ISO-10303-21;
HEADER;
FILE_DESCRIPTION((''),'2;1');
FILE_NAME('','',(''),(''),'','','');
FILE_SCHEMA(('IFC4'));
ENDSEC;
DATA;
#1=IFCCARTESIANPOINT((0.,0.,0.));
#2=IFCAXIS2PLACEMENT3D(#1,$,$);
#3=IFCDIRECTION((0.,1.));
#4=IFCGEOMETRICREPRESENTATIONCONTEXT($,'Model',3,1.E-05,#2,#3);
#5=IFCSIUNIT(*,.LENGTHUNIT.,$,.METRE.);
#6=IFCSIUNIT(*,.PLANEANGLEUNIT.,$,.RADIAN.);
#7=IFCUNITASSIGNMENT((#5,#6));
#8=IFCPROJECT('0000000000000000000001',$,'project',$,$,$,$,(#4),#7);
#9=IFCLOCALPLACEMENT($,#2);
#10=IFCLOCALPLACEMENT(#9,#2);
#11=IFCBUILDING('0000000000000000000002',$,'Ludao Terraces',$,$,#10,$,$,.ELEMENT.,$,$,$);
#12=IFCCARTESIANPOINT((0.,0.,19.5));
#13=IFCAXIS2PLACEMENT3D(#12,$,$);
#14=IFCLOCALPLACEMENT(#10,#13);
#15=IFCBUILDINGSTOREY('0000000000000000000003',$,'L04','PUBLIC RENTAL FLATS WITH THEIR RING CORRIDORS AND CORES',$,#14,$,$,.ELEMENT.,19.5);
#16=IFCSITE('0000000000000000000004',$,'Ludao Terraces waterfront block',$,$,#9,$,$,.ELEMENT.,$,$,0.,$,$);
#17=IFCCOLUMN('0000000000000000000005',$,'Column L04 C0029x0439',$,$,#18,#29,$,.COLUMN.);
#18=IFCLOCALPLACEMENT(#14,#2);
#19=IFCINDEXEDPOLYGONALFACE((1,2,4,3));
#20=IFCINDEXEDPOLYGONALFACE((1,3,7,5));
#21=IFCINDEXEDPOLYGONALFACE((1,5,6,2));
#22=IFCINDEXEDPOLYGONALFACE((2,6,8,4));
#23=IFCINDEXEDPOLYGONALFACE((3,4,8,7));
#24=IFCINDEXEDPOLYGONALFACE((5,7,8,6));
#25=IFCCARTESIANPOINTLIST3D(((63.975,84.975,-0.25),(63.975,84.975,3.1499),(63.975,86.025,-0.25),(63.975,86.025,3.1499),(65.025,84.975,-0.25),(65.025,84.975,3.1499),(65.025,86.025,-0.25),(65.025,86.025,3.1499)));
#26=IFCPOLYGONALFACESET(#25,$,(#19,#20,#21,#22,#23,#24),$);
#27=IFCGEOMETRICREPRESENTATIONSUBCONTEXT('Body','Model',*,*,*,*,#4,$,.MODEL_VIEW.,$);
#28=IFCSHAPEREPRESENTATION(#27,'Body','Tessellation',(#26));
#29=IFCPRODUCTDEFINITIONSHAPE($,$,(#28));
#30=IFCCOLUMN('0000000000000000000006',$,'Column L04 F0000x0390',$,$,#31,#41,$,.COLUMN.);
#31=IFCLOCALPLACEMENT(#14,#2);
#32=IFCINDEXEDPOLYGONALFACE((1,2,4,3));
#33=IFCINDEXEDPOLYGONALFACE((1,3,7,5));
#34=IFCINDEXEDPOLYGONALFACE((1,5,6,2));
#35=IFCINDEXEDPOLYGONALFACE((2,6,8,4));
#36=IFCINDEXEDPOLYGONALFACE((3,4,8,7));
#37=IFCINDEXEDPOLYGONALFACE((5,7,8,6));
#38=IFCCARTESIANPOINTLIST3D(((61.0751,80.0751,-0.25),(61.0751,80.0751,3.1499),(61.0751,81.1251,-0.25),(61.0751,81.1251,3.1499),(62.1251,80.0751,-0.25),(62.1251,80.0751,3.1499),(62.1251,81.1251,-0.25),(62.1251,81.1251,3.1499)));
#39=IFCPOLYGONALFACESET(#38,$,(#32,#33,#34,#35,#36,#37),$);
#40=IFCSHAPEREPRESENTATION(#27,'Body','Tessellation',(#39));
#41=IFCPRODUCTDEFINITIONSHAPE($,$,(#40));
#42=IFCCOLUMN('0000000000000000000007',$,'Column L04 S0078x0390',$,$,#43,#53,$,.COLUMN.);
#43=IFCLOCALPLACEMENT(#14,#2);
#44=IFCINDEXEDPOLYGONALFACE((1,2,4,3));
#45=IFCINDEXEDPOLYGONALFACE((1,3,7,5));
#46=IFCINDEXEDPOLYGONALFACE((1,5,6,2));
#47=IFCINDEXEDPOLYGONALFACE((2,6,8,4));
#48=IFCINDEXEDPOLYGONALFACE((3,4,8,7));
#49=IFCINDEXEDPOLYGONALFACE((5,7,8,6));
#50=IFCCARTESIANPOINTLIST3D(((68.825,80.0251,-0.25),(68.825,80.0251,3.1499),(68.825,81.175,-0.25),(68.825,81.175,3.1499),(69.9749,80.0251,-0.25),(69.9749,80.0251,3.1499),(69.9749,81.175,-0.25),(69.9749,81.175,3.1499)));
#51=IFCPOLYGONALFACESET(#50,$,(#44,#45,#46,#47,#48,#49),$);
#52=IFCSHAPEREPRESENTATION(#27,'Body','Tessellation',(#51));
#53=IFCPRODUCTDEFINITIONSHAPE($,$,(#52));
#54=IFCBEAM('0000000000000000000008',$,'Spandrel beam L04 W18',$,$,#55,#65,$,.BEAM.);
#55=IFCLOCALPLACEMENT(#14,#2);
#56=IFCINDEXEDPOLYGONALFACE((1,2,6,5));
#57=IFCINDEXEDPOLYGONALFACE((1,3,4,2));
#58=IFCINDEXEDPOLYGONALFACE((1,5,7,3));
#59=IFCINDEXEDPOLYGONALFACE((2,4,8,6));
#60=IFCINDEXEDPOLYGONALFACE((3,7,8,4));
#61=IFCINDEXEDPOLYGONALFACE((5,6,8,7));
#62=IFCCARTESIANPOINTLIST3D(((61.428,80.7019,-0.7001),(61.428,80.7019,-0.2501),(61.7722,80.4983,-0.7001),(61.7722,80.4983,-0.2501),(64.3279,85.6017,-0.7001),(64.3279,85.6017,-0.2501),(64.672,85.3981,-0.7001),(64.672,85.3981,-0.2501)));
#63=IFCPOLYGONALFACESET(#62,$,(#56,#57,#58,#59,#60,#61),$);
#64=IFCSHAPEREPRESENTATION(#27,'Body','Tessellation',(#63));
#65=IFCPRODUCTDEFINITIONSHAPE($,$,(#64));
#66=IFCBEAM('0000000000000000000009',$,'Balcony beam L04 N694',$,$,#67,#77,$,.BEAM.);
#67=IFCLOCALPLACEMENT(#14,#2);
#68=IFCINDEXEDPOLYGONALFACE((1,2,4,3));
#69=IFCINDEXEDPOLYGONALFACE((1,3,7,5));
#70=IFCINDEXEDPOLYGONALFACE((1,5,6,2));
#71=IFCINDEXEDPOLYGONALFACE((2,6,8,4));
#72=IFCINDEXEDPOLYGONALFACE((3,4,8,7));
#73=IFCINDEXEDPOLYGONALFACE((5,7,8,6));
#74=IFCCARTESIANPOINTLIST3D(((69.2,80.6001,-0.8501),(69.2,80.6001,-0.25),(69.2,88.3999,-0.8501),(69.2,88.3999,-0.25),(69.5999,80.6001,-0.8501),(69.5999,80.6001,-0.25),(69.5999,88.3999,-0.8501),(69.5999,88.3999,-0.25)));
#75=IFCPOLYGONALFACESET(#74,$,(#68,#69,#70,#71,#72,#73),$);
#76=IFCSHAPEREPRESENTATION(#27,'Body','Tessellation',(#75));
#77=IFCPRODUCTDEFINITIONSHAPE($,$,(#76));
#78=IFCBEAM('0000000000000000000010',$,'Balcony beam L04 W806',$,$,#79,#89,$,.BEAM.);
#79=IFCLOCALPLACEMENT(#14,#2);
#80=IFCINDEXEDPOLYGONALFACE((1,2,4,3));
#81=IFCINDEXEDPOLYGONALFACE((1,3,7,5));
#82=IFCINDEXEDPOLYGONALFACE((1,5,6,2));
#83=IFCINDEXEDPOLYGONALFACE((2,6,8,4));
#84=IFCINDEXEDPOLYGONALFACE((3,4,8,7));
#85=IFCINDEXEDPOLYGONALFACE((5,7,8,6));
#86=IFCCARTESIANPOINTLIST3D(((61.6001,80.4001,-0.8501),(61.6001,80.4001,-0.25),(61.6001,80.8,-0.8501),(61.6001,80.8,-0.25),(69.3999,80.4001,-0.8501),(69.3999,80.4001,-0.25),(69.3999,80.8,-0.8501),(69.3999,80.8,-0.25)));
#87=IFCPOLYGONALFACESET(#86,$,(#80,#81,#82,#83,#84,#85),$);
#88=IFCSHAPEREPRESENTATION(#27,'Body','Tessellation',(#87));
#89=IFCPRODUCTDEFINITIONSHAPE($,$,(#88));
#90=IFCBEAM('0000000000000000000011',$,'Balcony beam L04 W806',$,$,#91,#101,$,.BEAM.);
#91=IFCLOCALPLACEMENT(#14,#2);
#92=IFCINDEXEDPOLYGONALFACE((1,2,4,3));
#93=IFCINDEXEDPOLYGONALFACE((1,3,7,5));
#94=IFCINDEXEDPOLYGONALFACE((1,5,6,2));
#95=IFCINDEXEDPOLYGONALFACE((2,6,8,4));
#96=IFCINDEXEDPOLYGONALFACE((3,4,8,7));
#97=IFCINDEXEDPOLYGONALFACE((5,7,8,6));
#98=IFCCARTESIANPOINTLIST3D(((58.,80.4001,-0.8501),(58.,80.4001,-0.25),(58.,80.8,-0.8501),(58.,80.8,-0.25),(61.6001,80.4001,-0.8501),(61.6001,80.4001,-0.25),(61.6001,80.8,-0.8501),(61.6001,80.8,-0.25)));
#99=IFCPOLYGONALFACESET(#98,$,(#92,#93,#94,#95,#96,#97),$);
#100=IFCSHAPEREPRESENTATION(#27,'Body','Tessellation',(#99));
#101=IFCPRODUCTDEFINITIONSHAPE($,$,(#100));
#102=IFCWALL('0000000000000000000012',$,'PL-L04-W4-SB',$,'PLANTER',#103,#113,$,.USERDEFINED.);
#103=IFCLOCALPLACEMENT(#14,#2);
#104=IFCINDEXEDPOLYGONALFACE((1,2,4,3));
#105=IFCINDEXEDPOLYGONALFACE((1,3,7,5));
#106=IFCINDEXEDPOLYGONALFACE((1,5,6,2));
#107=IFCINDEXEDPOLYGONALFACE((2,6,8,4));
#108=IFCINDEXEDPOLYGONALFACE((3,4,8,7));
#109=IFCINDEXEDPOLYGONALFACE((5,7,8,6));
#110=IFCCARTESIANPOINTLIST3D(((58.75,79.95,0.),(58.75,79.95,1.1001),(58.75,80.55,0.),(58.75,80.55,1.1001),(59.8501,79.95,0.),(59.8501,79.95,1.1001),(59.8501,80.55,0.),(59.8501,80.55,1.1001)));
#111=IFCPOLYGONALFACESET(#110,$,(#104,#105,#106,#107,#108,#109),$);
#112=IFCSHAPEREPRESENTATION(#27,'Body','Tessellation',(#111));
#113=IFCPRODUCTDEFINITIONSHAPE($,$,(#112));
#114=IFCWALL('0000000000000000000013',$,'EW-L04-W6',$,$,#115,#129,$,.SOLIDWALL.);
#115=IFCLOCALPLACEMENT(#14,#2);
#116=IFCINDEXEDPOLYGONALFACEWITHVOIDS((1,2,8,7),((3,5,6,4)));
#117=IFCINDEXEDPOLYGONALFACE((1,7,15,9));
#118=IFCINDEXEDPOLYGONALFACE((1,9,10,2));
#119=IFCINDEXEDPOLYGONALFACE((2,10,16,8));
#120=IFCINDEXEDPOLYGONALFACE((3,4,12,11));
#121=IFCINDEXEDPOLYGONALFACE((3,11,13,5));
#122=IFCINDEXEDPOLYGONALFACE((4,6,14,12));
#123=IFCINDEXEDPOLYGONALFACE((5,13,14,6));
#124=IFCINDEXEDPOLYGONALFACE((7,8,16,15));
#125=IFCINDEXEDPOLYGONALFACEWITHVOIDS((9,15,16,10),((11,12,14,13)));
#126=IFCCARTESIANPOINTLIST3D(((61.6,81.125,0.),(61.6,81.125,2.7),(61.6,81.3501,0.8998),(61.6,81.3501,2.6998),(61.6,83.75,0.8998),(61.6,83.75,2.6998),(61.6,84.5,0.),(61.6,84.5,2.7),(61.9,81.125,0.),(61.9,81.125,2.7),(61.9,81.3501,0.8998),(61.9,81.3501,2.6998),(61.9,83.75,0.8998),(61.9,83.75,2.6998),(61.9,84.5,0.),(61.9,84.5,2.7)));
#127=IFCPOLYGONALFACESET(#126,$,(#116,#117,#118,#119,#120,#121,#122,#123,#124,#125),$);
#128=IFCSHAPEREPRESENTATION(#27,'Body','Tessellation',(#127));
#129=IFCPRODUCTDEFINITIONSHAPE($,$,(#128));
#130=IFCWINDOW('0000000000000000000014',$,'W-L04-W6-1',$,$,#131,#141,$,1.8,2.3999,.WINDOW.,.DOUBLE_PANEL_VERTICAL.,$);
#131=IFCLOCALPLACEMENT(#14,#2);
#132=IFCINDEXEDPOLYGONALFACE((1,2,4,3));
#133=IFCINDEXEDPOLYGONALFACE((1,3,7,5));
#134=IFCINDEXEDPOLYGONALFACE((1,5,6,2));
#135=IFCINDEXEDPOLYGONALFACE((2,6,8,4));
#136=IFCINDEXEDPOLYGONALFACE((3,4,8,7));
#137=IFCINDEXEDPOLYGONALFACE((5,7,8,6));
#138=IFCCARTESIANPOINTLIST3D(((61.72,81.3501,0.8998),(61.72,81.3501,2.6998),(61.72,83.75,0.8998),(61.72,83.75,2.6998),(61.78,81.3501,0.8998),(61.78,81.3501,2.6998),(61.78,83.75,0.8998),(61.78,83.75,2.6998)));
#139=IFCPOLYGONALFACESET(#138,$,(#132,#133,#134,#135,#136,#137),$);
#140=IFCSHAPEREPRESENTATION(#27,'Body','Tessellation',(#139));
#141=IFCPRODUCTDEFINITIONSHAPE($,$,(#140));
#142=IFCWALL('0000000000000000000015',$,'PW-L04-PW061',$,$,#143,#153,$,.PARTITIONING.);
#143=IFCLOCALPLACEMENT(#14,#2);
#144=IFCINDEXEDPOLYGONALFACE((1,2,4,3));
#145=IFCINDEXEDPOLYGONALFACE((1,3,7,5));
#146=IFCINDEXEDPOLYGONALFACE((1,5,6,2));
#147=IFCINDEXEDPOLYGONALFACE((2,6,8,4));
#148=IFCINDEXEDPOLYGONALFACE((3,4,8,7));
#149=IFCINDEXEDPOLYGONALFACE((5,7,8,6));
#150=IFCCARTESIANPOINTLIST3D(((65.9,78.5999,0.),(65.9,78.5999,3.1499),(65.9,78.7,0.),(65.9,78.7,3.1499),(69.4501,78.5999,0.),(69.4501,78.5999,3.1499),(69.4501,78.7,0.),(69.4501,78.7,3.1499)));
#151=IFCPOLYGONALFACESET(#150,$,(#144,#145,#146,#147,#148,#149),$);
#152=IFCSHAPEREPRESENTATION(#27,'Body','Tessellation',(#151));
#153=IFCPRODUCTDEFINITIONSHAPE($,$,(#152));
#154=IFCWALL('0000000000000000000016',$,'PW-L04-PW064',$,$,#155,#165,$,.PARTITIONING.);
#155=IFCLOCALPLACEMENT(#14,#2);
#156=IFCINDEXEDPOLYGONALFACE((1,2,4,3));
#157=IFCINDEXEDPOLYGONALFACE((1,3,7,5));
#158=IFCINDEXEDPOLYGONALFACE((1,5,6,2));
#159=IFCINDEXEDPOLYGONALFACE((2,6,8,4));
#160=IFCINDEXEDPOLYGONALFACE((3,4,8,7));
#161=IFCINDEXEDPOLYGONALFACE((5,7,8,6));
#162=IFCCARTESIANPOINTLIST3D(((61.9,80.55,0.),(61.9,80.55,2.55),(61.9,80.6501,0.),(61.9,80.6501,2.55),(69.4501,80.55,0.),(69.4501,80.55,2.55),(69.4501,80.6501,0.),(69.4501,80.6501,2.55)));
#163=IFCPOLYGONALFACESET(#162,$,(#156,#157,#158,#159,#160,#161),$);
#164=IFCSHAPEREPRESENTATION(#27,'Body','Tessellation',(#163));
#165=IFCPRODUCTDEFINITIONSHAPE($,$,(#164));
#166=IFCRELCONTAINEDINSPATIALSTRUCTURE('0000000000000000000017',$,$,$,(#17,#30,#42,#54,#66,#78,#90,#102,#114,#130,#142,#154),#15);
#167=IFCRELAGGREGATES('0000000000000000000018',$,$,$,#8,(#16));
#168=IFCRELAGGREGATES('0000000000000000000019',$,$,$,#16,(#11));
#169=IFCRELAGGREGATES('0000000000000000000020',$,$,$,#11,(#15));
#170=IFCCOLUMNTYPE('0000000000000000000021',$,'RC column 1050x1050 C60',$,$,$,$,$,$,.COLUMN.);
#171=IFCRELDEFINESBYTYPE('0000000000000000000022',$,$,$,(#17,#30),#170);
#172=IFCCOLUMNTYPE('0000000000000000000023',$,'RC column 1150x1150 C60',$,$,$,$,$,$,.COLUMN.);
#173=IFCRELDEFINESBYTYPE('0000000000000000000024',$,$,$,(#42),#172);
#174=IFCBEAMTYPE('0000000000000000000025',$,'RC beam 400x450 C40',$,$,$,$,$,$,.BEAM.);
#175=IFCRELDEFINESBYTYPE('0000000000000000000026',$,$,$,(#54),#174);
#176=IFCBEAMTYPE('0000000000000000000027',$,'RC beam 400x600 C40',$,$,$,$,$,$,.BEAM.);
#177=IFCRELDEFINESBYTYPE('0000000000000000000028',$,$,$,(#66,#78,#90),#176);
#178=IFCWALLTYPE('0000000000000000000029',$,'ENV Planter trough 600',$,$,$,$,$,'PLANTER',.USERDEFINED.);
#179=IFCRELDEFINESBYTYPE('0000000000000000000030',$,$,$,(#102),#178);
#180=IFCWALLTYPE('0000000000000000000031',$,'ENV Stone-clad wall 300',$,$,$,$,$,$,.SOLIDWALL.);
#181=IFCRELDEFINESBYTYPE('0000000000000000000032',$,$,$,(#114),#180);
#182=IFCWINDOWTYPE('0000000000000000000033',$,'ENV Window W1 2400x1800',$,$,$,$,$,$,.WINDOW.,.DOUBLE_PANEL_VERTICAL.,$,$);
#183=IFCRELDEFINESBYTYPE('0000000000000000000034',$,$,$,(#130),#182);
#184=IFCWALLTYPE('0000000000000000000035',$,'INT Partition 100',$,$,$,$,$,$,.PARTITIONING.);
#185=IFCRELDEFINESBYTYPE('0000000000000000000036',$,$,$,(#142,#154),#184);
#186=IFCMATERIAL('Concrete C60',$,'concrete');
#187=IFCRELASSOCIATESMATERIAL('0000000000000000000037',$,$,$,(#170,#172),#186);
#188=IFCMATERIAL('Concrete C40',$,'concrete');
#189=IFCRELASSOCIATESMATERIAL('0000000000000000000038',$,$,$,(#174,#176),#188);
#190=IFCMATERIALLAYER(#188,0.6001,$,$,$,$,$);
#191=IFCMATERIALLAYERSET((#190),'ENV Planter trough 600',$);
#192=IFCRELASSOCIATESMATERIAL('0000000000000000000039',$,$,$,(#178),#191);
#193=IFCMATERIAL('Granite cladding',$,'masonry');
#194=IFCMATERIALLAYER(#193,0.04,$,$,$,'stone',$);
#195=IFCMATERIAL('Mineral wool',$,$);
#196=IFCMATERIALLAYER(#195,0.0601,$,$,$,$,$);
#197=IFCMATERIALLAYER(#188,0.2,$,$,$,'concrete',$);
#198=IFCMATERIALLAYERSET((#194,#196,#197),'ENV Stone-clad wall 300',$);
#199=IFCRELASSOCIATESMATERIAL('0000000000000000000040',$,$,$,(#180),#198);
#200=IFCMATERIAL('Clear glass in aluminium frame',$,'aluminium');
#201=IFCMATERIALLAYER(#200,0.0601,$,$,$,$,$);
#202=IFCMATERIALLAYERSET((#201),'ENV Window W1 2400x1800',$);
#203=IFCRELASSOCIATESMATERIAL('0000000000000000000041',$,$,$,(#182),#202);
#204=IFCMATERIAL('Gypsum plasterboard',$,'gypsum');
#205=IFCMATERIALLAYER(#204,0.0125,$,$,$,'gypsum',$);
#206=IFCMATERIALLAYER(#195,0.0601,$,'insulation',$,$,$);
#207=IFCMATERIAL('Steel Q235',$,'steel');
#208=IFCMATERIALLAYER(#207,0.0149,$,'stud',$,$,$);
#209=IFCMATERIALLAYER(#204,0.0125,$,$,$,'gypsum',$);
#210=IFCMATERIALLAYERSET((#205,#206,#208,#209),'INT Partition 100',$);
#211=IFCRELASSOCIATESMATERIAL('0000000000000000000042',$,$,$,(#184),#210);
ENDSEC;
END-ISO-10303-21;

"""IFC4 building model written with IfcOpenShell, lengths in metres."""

from ifc_helpers import new_model, si_unit, direction, frame, frame_2d, origin, origin_2d, place, context, subcontext, project, spatial, rectangle, extrude, material, layer, layer_set, material_profile, profile_set, type_object, element, fill, save


model = new_model("IFC4")

# Units and contexts
model_context = context("Model", 3, precision=1e-05, world=origin(), true_north=direction((0.0, 1.0)))
body_context = subcontext(model_context, "Body", "Model", "MODEL_VIEW")
ifc_project = project(units=[si_unit("LENGTHUNIT", "METRE"), si_unit("PLANEANGLEUNIT", "RADIAN")], contexts=[model_context])

# Site, building, storey
site_placement = place(None, origin())
site = spatial("IfcSite", under=ifc_project, at=site_placement, Name="Ludao Terraces waterfront block", CompositionType="ELEMENT", RefElevation=0.0)
building_placement = place(site_placement, origin())
building = spatial("IfcBuilding", under=site, at=building_placement, Name="Ludao Terraces", CompositionType="ELEMENT")
storey_placement = place(building_placement, frame((0.0, 0.0, 19.5)))
storey = spatial("IfcBuildingStorey", under=building, at=storey_placement, Name="L04", Description="PUBLIC RENTAL FLATS WITH THEIR RING CORRIDORS AND CORES", CompositionType="ELEMENT", Elevation=19.5)

# Columns
ifc_material_1 = material(Name="Concrete C60", Category="concrete")
ifc_material_profile_1 = material_profile(ifc_material_1, rectangle(XDim=1.05, YDim=1.05, at=origin_2d()), Name="1050 X 1050")
ifc_profile_set_1 = profile_set([ifc_material_profile_1], Name="Concrete C60")
column_type_1 = type_object("IfcColumnType", Name="RC column 1050x1050 C60", PredefinedType="COLUMN", material=ifc_profile_set_1)
for number, where, z_axis, x_axis, name in (
    (1, (64.5, 85.5, -0.25), (0.0, 0.0, 1.0), (1.0, 0.0, 0.0), "Column L04 C0029x0439"),
    (2, (61.6001, 80.6001, -0.25), (0.0, 0.0, 1.0), (1.0, 0.0, 0.0), "Column L04 F0000x0390"),
):
    element("IfcColumn", number, at=place(storey_placement, frame(where, z_axis=z_axis, x_axis=x_axis)), inside=storey, type_object=column_type_1, Name=name, PredefinedType="COLUMN", context=body_context, shape_type="SweptSolid", body=[
        extrude(rectangle(XDim=1.05, YDim=1.05, at=origin_2d()), origin(), (0.0, 0.0, 1.0), 3.3999),
    ])
ifc_material_profile_2 = material_profile(ifc_material_1, rectangle(XDim=1.1499, YDim=1.1499, at=origin_2d()), Name="1150 X 1150")
ifc_profile_set_2 = profile_set([ifc_material_profile_2], Name="Concrete C60")
column_type_2 = type_object("IfcColumnType", Name="RC column 1150x1150 C60", PredefinedType="COLUMN", material=ifc_profile_set_2)
column_placement = place(storey_placement, frame((69.3999, 80.6001, -0.25), z_axis=(0.0, 0.0, 1.0), x_axis=(1.0, 0.0, 0.0)))
element("IfcColumn", 3, at=column_placement, inside=storey, type_object=column_type_2, Name="Column L04 S0078x0390", PredefinedType="COLUMN", context=body_context, shape_type="SweptSolid", body=[
    extrude(rectangle(XDim=1.1499, YDim=1.1499, at=origin_2d()), origin(), (0.0, 0.0, 1.0), 3.3999),
])

# Beams
ifc_material_2 = material(Name="Concrete C40", Category="concrete")
ifc_material_profile_3 = material_profile(ifc_material_2, rectangle(XDim=0.3999, YDim=0.45, at=origin_2d()), Name="400 X 450")
ifc_profile_set_3 = profile_set([ifc_material_profile_3], Name="Concrete C40")
beam_type_1 = type_object("IfcBeamType", Name="RC beam 400x450 C40", PredefinedType="BEAM", material=ifc_profile_set_3)
beam_1_placement = place(storey_placement, frame((61.6001, 80.6001, -0.4751), z_axis=(0.509316, 0.86058, 0.0), x_axis=(-0.86058, 0.509316, 0.0)))
element("IfcBeam", 4, at=beam_1_placement, inside=storey, type_object=beam_type_1, Name="Spandrel beam L04 W18", PredefinedType="BEAM", context=body_context, shape_type="SweptSolid", body=[
    extrude(rectangle(XDim=0.3999, YDim=0.45, at=origin_2d()), origin(), (0.0, 0.0, 1.0), 5.6936),
])
ifc_material_profile_4 = material_profile(ifc_material_2, rectangle(XDim=0.3999, YDim=0.6001, at=origin_2d()), Name="400 X 600")
ifc_profile_set_4 = profile_set([ifc_material_profile_4], Name="Concrete C40")
beam_type_2 = type_object("IfcBeamType", Name="RC beam 400x600 C40", PredefinedType="BEAM", material=ifc_profile_set_4)
for number, where, z_axis, x_axis, name in (
    (5, (69.3999, 80.6001, -0.55), (0.0, 1.0, 0.0), (-1.0, 0.0, 0.0), "Balcony beam L04 N694"),
    (6, (69.3999, 80.6001, -0.55), (-1.0, 0.0, 0.0), (0.0, -1.0, 0.0), "Balcony beam L04 W806"),
):
    element("IfcBeam", number, at=place(storey_placement, frame(where, z_axis=z_axis, x_axis=x_axis)), inside=storey, type_object=beam_type_2, Name=name, PredefinedType="BEAM", context=body_context, shape_type="SweptSolid", body=[
        extrude(rectangle(XDim=0.3999, YDim=0.6001, at=origin_2d()), origin(), (0.0, 0.0, 1.0), 7.7998),
    ])
beam_2_placement = place(storey_placement, frame((61.6001, 80.6001, -0.55), z_axis=(-1.0, 0.0, 0.0), x_axis=(0.0, -1.0, 0.0)))
element("IfcBeam", 7, at=beam_2_placement, inside=storey, type_object=beam_type_2, Name="Balcony beam L04 W806", PredefinedType="BEAM", context=body_context, shape_type="SweptSolid", body=[
    extrude(rectangle(XDim=0.3999, YDim=0.6001, at=origin_2d()), origin(), (0.0, 0.0, 1.0), 3.6001),
])

# Wall
ifc_layer_1 = layer(ifc_material_2, 0.6001)
ifc_layer_set_1 = layer_set([ifc_layer_1], Name="ENV Planter trough 600")
wall_type_1 = type_object("IfcWallType", Name="ENV Planter trough 600", ElementType="PLANTER", PredefinedType="USERDEFINED", material=ifc_layer_set_1)
wall_1_placement = place(storey_placement, frame((58.75, 80.25, 0.0), z_axis=(0.0, 0.0, 1.0), x_axis=(1.0, 0.0, 0.0)))
element("IfcWall", 8, at=wall_1_placement, inside=storey, type_object=wall_type_1, Name="PL-L04-W4-SB", ObjectType="PLANTER", PredefinedType="USERDEFINED", context=body_context, shape_type="SweptSolid", body=[
    extrude(rectangle(XDim=1.1001, YDim=0.6001, at=frame_2d((0.55, 0.0))), origin(), (0.0, 0.0, 1.0), 1.1001),
])

# Wall, opening, window
ifc_material_3 = material(Name="Granite cladding", Category="masonry")
ifc_layer_2 = layer(ifc_material_3, 0.04, Category="stone")
ifc_material_4 = material(Name="Mineral wool")
ifc_layer_3 = layer(ifc_material_4, 0.0601)
ifc_layer_4 = layer(ifc_material_2, 0.2, Category="concrete")
ifc_layer_set_2 = layer_set([ifc_layer_2, ifc_layer_3, ifc_layer_4], Name="ENV Stone-clad wall 300")
wall_type_2 = type_object("IfcWallType", Name="ENV Stone-clad wall 300", PredefinedType="SOLIDWALL", material=ifc_layer_set_2)
wall_2_placement = place(storey_placement, frame((61.75, 81.125, 0.0), z_axis=(0.0, 0.0, 1.0), x_axis=(0.0, 1.0, 0.0)))
wall_2 = element("IfcWall", 9, at=wall_2_placement, inside=storey, type_object=wall_type_2, Name="EW-L04-W6", PredefinedType="SOLIDWALL", context=body_context, shape_type="SweptSolid", body=[
    extrude(rectangle(XDim=3.375, YDim=0.3, at=frame_2d((1.6875, 0.0))), origin(), (0.0, 0.0, 1.0), 2.7),
])
opening_1_placement = place(wall_2_placement, frame((0.2251, 0.0, 0.8999)))
opening_1 = element("IfcOpeningElement", 10, at=opening_1_placement, cuts=wall_2, PredefinedType="OPENING", context=body_context, shape_type="SweptSolid", body=[
    extrude(rectangle(XDim=2.3999, YDim=1.8, at=frame_2d((1.2, 0.8999))), frame((0.0, 0.1602, 0.0), z_axis=(0.0, -1.0, 0.0), x_axis=(1.0, 0.0, 0.0)), (0.0, 0.0, 1.0), 0.3201),
])
ifc_material_5 = material(Name="Clear glass in aluminium frame", Category="aluminium")
ifc_layer_5 = layer(ifc_material_5, 0.0601)
ifc_layer_set_3 = layer_set([ifc_layer_5], Name="ENV Window W1 2400x1800")
window_type = type_object("IfcWindowType", Name="ENV Window W1 2400x1800", PartitioningType="DOUBLE_PANEL_VERTICAL", PredefinedType="WINDOW", material=ifc_layer_set_3)
window_placement = place(opening_1_placement, origin())
window = element("IfcWindow", 11, at=window_placement, inside=storey, type_object=window_type, Name="W-L04-W6-1", OverallHeight=1.8, OverallWidth=2.3999, PartitioningType="DOUBLE_PANEL_VERTICAL", PredefinedType="WINDOW", context=body_context, shape_type="SweptSolid", body=[
    extrude(rectangle(XDim=2.3999, YDim=1.8, at=frame_2d((1.2, 0.8999))), frame((0.0, 0.03, 0.0), z_axis=(0.0, -1.0, 0.0), x_axis=(1.0, 0.0, 0.0)), (0.0, 0.0, 1.0), 0.0601),
])
fill(opening_1, window)

# Walls
ifc_material_6 = material(Name="Gypsum plasterboard", Category="gypsum")
ifc_layer_6 = layer(ifc_material_6, 0.0125, Category="gypsum")
ifc_layer_7 = layer(ifc_material_4, 0.0601, Name="insulation")
ifc_material_7 = material(Name="Steel Q235", Category="steel")
ifc_layer_8 = layer(ifc_material_7, 0.0149, Name="stud")
ifc_layer_9 = layer(ifc_material_6, 0.0125, Category="gypsum")
ifc_layer_set_4 = layer_set([ifc_layer_6, ifc_layer_7, ifc_layer_8, ifc_layer_9], Name="INT Partition 100")
wall_type_3 = type_object("IfcWallType", Name="INT Partition 100", PredefinedType="PARTITIONING", material=ifc_layer_set_4)
wall_3_placement = place(storey_placement, frame((65.9001, 78.6499, 0.0), z_axis=(0.0, 0.0, 1.0), x_axis=(1.0, 0.0, 0.0)))
element("IfcWall", 12, at=wall_3_placement, inside=storey, type_object=wall_type_3, Name="PW-L04-PW061", PredefinedType="PARTITIONING", context=body_context, shape_type="SweptSolid", body=[
    extrude(rectangle(XDim=3.55, YDim=0.1001, at=frame_2d((1.7749, 0.0))), origin(), (0.0, 0.0, 1.0), 3.1499),
])
wall_4_placement = place(storey_placement, frame((61.9001, 80.6001, 0.0), z_axis=(0.0, 0.0, 1.0), x_axis=(1.0, 0.0, 0.0)))
element("IfcWall", 13, at=wall_4_placement, inside=storey, type_object=wall_type_3, Name="PW-L04-PW064", PredefinedType="PARTITIONING", context=body_context, shape_type="SweptSolid", body=[
    extrude(rectangle(XDim=7.55, YDim=0.1001, at=frame_2d((3.7749, 0.0))), origin(), (0.0, 0.0, 1.0), 2.55),
])

save(model, "model.ifc")
